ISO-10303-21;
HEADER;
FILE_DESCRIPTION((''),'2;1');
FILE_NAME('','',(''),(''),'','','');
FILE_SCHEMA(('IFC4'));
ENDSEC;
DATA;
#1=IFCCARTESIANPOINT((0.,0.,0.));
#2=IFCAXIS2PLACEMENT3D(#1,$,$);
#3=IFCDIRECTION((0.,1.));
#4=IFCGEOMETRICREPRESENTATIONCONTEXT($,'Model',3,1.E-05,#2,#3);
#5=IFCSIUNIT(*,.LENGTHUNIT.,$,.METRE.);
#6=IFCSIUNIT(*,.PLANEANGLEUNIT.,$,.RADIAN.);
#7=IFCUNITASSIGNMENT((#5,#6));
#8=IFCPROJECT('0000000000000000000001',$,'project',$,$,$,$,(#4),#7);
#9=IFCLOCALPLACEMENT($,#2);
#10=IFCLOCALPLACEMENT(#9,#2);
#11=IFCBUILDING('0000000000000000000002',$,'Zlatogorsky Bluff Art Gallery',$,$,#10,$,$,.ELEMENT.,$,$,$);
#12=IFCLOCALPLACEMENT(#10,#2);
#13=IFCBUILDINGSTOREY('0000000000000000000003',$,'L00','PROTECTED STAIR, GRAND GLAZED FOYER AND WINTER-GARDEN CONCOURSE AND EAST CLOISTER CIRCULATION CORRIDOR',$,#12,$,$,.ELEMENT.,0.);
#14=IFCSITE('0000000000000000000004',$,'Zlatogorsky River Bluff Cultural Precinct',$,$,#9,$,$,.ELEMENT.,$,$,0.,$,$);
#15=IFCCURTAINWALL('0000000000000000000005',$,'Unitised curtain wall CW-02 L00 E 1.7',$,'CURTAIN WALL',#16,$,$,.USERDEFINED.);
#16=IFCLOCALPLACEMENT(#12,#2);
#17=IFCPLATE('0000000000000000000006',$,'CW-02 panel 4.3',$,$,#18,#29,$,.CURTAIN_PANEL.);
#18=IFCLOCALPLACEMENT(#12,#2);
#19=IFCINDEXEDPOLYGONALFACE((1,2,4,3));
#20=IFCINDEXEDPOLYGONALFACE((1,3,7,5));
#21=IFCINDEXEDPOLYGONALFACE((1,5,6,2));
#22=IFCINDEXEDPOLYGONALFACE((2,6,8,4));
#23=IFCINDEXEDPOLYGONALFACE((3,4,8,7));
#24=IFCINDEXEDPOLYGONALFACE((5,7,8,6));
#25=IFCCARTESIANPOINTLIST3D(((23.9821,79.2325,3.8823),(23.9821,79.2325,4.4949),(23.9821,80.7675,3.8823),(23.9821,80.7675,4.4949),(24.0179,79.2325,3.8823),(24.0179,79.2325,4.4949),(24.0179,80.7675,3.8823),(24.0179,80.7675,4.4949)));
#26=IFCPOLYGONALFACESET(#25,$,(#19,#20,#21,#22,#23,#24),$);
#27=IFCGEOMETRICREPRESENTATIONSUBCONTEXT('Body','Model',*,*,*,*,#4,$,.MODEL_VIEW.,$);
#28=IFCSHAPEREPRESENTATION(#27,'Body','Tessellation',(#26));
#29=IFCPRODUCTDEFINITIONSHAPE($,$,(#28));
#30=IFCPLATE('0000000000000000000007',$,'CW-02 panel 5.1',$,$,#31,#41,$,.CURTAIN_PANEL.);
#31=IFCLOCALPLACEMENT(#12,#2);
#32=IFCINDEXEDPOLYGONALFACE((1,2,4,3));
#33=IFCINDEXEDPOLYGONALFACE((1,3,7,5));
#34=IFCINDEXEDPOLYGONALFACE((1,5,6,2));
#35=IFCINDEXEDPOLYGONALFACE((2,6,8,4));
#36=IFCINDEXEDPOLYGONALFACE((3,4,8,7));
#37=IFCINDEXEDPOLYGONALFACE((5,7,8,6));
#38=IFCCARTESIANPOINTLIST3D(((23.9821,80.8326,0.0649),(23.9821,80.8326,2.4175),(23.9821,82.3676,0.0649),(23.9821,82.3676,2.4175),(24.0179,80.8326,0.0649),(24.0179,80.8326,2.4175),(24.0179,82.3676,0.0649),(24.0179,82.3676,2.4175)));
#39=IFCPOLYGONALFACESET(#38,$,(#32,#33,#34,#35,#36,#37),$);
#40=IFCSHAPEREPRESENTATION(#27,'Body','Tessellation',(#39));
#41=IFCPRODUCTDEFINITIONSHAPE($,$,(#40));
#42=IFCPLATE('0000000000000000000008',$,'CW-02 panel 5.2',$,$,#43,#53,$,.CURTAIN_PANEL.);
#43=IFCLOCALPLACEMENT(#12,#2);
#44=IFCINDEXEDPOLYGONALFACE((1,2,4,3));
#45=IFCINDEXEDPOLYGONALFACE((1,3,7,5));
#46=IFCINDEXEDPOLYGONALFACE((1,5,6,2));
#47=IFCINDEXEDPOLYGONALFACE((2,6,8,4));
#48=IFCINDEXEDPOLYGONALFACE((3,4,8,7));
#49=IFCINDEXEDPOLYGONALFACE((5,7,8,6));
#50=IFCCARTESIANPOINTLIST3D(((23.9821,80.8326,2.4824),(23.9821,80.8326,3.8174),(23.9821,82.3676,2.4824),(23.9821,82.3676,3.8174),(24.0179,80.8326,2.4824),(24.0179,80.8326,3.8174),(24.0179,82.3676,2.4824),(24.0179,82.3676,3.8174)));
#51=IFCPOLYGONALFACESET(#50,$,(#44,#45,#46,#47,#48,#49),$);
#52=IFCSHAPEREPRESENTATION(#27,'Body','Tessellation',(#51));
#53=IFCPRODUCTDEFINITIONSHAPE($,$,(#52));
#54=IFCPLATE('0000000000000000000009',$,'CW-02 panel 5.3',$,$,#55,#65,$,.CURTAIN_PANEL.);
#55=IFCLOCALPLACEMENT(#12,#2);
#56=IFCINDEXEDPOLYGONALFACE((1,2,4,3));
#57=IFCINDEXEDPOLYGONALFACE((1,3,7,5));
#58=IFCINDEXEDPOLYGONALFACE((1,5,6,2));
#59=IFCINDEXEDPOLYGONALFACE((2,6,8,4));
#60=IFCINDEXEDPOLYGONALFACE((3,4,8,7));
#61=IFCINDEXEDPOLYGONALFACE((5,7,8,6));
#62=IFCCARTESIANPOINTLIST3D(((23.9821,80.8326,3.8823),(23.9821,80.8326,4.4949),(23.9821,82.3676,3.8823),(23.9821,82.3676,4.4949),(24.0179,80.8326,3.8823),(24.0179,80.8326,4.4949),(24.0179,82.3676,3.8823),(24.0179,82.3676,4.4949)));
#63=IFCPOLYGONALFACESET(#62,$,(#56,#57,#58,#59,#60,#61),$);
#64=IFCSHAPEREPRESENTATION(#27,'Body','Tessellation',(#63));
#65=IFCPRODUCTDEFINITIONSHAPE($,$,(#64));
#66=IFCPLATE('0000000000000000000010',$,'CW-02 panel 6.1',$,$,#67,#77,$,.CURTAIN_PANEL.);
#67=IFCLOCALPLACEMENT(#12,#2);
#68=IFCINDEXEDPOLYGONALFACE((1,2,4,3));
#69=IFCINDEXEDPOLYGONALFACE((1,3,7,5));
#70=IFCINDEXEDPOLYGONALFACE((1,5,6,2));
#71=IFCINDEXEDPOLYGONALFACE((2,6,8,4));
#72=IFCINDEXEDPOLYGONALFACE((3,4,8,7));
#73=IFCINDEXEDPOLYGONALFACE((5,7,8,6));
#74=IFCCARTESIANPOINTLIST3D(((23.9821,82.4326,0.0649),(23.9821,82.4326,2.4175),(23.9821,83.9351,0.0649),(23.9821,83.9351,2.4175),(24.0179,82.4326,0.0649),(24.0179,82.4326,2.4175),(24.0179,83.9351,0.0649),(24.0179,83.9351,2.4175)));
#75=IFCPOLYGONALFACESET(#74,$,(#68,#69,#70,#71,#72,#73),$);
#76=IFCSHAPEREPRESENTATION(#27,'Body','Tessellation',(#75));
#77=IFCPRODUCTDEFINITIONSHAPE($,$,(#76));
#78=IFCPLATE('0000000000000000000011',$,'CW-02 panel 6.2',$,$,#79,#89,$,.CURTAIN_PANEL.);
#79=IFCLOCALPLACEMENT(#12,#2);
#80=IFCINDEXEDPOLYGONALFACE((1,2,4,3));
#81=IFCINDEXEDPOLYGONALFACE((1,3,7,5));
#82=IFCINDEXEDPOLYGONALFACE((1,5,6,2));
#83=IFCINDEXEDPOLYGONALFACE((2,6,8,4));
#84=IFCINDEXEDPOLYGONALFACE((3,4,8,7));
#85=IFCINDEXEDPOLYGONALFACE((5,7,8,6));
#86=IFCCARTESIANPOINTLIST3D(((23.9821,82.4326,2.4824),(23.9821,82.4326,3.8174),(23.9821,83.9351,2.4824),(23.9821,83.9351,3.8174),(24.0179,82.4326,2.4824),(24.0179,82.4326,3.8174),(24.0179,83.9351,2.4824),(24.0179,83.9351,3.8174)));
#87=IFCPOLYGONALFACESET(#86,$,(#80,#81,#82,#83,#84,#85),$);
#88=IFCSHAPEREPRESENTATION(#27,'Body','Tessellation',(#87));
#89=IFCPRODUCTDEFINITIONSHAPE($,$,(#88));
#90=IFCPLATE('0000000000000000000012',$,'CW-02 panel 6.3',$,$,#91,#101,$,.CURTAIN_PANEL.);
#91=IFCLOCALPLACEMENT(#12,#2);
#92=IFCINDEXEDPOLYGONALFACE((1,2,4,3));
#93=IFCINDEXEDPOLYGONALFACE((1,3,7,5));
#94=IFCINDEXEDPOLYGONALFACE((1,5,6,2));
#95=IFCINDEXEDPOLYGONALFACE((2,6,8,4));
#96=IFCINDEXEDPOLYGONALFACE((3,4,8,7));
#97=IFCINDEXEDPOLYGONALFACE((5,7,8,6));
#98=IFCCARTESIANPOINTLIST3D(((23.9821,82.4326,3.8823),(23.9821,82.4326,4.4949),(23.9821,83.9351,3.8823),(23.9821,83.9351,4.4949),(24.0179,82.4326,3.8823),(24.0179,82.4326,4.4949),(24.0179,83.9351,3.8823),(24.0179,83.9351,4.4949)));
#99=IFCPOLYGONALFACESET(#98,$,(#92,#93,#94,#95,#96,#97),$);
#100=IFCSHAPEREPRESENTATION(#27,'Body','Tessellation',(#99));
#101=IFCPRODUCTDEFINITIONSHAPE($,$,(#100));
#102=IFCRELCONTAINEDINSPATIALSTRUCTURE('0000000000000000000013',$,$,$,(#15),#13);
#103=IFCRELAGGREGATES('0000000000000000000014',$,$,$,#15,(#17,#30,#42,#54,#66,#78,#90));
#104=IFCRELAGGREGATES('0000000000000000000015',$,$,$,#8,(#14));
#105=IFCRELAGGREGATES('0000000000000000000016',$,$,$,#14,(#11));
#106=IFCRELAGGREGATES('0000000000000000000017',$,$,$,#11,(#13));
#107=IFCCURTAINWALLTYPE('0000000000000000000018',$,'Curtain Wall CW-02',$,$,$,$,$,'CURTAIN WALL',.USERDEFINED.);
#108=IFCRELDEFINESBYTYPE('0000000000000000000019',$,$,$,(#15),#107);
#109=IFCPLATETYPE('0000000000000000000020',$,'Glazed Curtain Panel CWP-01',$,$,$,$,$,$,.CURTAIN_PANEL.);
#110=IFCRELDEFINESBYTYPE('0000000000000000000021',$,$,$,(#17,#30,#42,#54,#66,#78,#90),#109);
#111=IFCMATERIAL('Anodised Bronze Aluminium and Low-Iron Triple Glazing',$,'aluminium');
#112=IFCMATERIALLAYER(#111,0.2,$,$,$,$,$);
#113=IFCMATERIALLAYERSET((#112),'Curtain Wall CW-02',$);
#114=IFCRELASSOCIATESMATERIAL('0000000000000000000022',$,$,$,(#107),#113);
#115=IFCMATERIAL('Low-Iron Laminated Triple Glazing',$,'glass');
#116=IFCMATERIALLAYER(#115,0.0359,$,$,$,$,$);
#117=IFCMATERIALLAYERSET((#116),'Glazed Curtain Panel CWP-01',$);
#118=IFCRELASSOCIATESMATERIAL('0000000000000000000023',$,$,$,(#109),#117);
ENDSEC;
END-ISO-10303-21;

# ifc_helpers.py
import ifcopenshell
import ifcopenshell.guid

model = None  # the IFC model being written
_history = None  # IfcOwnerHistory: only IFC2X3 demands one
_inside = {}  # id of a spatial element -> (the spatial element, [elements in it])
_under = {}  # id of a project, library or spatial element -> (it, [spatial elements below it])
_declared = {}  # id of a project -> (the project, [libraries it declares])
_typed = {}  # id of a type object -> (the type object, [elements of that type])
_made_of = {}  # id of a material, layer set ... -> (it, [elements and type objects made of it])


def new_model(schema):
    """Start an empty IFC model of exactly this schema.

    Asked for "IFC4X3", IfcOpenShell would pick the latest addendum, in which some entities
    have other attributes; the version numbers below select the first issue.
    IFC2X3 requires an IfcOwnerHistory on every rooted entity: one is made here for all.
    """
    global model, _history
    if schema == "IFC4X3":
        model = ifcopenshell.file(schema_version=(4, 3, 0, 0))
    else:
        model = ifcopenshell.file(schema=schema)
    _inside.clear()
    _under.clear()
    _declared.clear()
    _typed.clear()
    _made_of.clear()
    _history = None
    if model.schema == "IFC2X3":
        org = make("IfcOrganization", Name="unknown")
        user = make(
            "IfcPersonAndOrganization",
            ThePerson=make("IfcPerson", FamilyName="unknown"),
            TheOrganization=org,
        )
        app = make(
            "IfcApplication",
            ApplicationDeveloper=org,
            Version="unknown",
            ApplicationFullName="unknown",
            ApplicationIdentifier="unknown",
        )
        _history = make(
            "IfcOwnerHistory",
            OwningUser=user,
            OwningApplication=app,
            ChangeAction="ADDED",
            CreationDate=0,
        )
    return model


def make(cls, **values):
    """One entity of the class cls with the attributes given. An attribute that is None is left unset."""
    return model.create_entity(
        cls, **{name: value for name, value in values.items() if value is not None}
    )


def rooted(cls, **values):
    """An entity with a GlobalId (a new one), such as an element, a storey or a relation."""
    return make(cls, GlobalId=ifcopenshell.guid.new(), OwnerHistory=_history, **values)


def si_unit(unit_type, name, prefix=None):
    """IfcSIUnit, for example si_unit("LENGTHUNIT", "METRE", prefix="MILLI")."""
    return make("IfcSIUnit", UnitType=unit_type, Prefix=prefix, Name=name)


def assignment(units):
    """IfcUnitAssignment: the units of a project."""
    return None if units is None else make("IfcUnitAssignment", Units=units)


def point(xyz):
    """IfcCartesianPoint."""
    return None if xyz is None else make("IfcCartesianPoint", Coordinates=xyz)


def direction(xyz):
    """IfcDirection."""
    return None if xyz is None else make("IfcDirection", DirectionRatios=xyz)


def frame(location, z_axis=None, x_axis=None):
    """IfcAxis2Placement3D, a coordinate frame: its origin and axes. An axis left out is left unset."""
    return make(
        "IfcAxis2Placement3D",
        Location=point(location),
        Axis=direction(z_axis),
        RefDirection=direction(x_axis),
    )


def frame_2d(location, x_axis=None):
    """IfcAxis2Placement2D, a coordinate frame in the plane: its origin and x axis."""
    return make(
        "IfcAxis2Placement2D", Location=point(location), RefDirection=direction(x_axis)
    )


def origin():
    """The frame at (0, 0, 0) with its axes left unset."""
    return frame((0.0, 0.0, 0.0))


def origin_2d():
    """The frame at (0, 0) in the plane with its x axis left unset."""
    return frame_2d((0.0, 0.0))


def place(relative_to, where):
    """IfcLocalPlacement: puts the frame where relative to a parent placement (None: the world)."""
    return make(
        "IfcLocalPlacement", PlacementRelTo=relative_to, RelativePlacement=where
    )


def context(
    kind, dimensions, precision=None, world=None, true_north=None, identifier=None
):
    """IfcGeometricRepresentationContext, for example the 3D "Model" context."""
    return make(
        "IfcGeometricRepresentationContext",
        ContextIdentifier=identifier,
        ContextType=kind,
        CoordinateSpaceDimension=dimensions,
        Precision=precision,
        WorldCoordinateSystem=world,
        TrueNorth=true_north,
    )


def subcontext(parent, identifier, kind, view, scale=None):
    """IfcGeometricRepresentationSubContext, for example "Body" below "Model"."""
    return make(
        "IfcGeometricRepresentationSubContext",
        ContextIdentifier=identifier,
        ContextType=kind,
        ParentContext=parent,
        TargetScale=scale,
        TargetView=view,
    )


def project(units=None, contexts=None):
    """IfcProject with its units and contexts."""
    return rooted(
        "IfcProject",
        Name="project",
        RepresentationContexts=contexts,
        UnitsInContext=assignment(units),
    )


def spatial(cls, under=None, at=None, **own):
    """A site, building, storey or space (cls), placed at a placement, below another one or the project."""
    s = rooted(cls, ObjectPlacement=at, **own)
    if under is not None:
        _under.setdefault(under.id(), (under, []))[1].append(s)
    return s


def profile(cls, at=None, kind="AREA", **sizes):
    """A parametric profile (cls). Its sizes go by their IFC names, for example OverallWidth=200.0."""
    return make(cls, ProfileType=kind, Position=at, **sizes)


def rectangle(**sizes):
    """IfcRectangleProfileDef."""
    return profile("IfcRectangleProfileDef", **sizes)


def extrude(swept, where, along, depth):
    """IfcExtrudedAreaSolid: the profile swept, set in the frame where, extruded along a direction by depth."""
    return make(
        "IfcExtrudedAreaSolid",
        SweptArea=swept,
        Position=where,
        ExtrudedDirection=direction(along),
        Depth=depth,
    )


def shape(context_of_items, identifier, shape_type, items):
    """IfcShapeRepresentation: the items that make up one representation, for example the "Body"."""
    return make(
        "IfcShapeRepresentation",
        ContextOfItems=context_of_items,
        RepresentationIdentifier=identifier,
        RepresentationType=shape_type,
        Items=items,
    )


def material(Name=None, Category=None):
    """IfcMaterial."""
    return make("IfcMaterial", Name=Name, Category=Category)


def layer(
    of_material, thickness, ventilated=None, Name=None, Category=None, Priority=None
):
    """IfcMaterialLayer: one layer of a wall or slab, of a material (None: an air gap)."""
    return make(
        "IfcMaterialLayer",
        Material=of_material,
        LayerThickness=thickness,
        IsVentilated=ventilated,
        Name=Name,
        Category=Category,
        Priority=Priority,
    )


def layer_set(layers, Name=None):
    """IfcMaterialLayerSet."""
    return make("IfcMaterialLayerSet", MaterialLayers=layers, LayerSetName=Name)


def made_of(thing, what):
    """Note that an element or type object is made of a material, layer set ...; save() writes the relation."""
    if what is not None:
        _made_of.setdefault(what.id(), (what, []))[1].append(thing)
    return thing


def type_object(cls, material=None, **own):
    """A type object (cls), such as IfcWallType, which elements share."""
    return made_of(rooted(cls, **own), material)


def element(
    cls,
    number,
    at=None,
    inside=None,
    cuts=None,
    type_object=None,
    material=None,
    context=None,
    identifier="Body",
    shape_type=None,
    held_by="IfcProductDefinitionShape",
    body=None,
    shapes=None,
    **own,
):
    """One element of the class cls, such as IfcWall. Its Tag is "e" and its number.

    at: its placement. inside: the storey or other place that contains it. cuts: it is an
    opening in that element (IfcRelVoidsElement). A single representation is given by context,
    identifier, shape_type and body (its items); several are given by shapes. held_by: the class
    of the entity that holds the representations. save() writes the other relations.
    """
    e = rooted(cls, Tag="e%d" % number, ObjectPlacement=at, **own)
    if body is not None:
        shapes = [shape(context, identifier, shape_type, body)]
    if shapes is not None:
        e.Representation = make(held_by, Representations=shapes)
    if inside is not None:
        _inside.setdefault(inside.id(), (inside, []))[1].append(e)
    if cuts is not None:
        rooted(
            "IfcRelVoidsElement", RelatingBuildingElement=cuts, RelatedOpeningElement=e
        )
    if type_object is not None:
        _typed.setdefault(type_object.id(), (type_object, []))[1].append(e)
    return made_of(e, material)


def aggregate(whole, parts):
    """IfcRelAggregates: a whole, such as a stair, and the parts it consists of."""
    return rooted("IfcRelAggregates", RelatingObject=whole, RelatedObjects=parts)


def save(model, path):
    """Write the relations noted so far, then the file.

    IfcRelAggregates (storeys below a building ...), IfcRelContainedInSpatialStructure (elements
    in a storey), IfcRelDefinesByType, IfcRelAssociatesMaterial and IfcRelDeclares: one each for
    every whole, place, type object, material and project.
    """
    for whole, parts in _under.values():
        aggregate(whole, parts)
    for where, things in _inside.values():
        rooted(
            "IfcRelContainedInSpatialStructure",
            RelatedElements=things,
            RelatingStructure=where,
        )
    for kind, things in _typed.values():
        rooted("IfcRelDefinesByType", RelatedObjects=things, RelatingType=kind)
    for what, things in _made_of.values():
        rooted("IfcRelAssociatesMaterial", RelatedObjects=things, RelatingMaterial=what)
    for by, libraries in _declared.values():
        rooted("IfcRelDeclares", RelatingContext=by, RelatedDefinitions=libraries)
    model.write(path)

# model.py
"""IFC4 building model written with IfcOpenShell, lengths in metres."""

from ifc_helpers import new_model, si_unit, direction, frame, origin, origin_2d, place, context, subcontext, project, spatial, rectangle, extrude, material, layer, layer_set, type_object, element, aggregate, save


model = new_model("IFC4")

# Units and contexts
model_context = context("Model", 3, precision=1e-05, world=origin(), true_north=direction((0.0, 1.0)))
body_context = subcontext(model_context, "Body", "Model", "MODEL_VIEW")
ifc_project = project(units=[si_unit("LENGTHUNIT", "METRE"), si_unit("PLANEANGLEUNIT", "RADIAN")], contexts=[model_context])

# Site, building, storey
site_placement = place(None, origin())
site = spatial("IfcSite", under=ifc_project, at=site_placement, Name="Zlatogorsky River Bluff Cultural Precinct", CompositionType="ELEMENT", RefElevation=0.0)
building_placement = place(site_placement, origin())
building = spatial("IfcBuilding", under=site, at=building_placement, Name="Zlatogorsky Bluff Art Gallery", CompositionType="ELEMENT")
storey_placement = place(building_placement, origin())
storey = spatial("IfcBuildingStorey", under=building, at=storey_placement, Name="L00", Description="PROTECTED STAIR, GRAND GLAZED FOYER AND WINTER-GARDEN CONCOURSE AND EAST CLOISTER CIRCULATION CORRIDOR", CompositionType="ELEMENT", Elevation=0.0)

# Curtain wall
ifc_material_1 = material(Name="Anodised Bronze Aluminium and Low-Iron Triple Glazing", Category="aluminium")
ifc_layer_1 = layer(ifc_material_1, 0.2)
ifc_layer_set_1 = layer_set([ifc_layer_1], Name="Curtain Wall CW-02")
curtain_wall_type_1 = type_object("IfcCurtainWallType", Name="Curtain Wall CW-02", ElementType="CURTAIN WALL", PredefinedType="USERDEFINED", material=ifc_layer_set_1)
curtain_wall_1_placement = place(storey_placement, origin())
curtain_wall_1 = element("IfcCurtainWall", 1, at=curtain_wall_1_placement, inside=storey, type_object=curtain_wall_type_1, Name="Unitised curtain wall CW-02 L00 E 1.7", ObjectType="CURTAIN WALL", PredefinedType="USERDEFINED")

# Plates
ifc_material_2 = material(Name="Low-Iron Laminated Triple Glazing", Category="glass")
ifc_layer_2 = layer(ifc_material_2, 0.0359)
ifc_layer_set_2 = layer_set([ifc_layer_2], Name="Glazed Curtain Panel CWP-01")
plate_type = type_object("IfcPlateType", Name="Glazed Curtain Panel CWP-01", PredefinedType="CURTAIN_PANEL", material=ifc_layer_set_2)
plate_1_placement = place(storey_placement, frame((24.0, 80.0, 3.8823), z_axis=(0.0, 0.0, 1.0), x_axis=(0.0, 1.0, 0.0)))
plate_1 = element("IfcPlate", 2, at=plate_1_placement, type_object=plate_type, Name="CW-02 panel 4.3", PredefinedType="CURTAIN_PANEL", context=body_context, shape_type="SweptSolid", body=[
    extrude(rectangle(XDim=1.5349, YDim=0.0359, at=origin_2d()), origin(), (0.0, 0.0, 1.0), 0.6125),
])
plate_2_placement = place(storey_placement, frame((24.0, 81.6001, 0.0649), z_axis=(0.0, 0.0, 1.0), x_axis=(0.0, 1.0, 0.0)))
plate_2 = element("IfcPlate", 3, at=plate_2_placement, type_object=plate_type, Name="CW-02 panel 5.1", PredefinedType="CURTAIN_PANEL", context=body_context, shape_type="SweptSolid", body=[
    extrude(rectangle(XDim=1.5349, YDim=0.0359, at=origin_2d()), origin(), (0.0, 0.0, 1.0), 2.3525),
])
plate_3_placement = place(storey_placement, frame((24.0, 81.6001, 2.4824), z_axis=(0.0, 0.0, 1.0), x_axis=(0.0, 1.0, 0.0)))
plate_3 = element("IfcPlate", 4, at=plate_3_placement, type_object=plate_type, Name="CW-02 panel 5.2", PredefinedType="CURTAIN_PANEL", context=body_context, shape_type="SweptSolid", body=[
    extrude(rectangle(XDim=1.5349, YDim=0.0359, at=origin_2d()), origin(), (0.0, 0.0, 1.0), 1.335),
])
plate_4_placement = place(storey_placement, frame((24.0, 81.6001, 3.8823), z_axis=(0.0, 0.0, 1.0), x_axis=(0.0, 1.0, 0.0)))
plate_4 = element("IfcPlate", 5, at=plate_4_placement, type_object=plate_type, Name="CW-02 panel 5.3", PredefinedType="CURTAIN_PANEL", context=body_context, shape_type="SweptSolid", body=[
    extrude(rectangle(XDim=1.5349, YDim=0.0359, at=origin_2d()), origin(), (0.0, 0.0, 1.0), 0.6125),
])
plate_5_placement = place(storey_placement, frame((24.0, 83.1838, 0.0649), z_axis=(0.0, 0.0, 1.0), x_axis=(0.0, 1.0, 0.0)))
plate_5 = element("IfcPlate", 6, at=plate_5_placement, type_object=plate_type, Name="CW-02 panel 6.1", PredefinedType="CURTAIN_PANEL", context=body_context, shape_type="SweptSolid", body=[
    extrude(rectangle(XDim=1.5024, YDim=0.0359, at=origin_2d()), origin(), (0.0, 0.0, 1.0), 2.3525),
])
plate_6_placement = place(storey_placement, frame((24.0, 83.1838, 2.4824), z_axis=(0.0, 0.0, 1.0), x_axis=(0.0, 1.0, 0.0)))
plate_6 = element("IfcPlate", 7, at=plate_6_placement, type_object=plate_type, Name="CW-02 panel 6.2", PredefinedType="CURTAIN_PANEL", context=body_context, shape_type="SweptSolid", body=[
    extrude(rectangle(XDim=1.5024, YDim=0.0359, at=origin_2d()), origin(), (0.0, 0.0, 1.0), 1.335),
])
plate_7_placement = place(storey_placement, frame((24.0, 83.1838, 3.8823), z_axis=(0.0, 0.0, 1.0), x_axis=(0.0, 1.0, 0.0)))
plate_7 = element("IfcPlate", 8, at=plate_7_placement, type_object=plate_type, Name="CW-02 panel 6.3", PredefinedType="CURTAIN_PANEL", context=body_context, shape_type="SweptSolid", body=[
    extrude(rectangle(XDim=1.5024, YDim=0.0359, at=origin_2d()), origin(), (0.0, 0.0, 1.0), 0.6125),
])
aggregate(curtain_wall_1, [plate_1, plate_2, plate_3, plate_4, plate_5, plate_6, plate_7])

save(model, "model.ifc")
